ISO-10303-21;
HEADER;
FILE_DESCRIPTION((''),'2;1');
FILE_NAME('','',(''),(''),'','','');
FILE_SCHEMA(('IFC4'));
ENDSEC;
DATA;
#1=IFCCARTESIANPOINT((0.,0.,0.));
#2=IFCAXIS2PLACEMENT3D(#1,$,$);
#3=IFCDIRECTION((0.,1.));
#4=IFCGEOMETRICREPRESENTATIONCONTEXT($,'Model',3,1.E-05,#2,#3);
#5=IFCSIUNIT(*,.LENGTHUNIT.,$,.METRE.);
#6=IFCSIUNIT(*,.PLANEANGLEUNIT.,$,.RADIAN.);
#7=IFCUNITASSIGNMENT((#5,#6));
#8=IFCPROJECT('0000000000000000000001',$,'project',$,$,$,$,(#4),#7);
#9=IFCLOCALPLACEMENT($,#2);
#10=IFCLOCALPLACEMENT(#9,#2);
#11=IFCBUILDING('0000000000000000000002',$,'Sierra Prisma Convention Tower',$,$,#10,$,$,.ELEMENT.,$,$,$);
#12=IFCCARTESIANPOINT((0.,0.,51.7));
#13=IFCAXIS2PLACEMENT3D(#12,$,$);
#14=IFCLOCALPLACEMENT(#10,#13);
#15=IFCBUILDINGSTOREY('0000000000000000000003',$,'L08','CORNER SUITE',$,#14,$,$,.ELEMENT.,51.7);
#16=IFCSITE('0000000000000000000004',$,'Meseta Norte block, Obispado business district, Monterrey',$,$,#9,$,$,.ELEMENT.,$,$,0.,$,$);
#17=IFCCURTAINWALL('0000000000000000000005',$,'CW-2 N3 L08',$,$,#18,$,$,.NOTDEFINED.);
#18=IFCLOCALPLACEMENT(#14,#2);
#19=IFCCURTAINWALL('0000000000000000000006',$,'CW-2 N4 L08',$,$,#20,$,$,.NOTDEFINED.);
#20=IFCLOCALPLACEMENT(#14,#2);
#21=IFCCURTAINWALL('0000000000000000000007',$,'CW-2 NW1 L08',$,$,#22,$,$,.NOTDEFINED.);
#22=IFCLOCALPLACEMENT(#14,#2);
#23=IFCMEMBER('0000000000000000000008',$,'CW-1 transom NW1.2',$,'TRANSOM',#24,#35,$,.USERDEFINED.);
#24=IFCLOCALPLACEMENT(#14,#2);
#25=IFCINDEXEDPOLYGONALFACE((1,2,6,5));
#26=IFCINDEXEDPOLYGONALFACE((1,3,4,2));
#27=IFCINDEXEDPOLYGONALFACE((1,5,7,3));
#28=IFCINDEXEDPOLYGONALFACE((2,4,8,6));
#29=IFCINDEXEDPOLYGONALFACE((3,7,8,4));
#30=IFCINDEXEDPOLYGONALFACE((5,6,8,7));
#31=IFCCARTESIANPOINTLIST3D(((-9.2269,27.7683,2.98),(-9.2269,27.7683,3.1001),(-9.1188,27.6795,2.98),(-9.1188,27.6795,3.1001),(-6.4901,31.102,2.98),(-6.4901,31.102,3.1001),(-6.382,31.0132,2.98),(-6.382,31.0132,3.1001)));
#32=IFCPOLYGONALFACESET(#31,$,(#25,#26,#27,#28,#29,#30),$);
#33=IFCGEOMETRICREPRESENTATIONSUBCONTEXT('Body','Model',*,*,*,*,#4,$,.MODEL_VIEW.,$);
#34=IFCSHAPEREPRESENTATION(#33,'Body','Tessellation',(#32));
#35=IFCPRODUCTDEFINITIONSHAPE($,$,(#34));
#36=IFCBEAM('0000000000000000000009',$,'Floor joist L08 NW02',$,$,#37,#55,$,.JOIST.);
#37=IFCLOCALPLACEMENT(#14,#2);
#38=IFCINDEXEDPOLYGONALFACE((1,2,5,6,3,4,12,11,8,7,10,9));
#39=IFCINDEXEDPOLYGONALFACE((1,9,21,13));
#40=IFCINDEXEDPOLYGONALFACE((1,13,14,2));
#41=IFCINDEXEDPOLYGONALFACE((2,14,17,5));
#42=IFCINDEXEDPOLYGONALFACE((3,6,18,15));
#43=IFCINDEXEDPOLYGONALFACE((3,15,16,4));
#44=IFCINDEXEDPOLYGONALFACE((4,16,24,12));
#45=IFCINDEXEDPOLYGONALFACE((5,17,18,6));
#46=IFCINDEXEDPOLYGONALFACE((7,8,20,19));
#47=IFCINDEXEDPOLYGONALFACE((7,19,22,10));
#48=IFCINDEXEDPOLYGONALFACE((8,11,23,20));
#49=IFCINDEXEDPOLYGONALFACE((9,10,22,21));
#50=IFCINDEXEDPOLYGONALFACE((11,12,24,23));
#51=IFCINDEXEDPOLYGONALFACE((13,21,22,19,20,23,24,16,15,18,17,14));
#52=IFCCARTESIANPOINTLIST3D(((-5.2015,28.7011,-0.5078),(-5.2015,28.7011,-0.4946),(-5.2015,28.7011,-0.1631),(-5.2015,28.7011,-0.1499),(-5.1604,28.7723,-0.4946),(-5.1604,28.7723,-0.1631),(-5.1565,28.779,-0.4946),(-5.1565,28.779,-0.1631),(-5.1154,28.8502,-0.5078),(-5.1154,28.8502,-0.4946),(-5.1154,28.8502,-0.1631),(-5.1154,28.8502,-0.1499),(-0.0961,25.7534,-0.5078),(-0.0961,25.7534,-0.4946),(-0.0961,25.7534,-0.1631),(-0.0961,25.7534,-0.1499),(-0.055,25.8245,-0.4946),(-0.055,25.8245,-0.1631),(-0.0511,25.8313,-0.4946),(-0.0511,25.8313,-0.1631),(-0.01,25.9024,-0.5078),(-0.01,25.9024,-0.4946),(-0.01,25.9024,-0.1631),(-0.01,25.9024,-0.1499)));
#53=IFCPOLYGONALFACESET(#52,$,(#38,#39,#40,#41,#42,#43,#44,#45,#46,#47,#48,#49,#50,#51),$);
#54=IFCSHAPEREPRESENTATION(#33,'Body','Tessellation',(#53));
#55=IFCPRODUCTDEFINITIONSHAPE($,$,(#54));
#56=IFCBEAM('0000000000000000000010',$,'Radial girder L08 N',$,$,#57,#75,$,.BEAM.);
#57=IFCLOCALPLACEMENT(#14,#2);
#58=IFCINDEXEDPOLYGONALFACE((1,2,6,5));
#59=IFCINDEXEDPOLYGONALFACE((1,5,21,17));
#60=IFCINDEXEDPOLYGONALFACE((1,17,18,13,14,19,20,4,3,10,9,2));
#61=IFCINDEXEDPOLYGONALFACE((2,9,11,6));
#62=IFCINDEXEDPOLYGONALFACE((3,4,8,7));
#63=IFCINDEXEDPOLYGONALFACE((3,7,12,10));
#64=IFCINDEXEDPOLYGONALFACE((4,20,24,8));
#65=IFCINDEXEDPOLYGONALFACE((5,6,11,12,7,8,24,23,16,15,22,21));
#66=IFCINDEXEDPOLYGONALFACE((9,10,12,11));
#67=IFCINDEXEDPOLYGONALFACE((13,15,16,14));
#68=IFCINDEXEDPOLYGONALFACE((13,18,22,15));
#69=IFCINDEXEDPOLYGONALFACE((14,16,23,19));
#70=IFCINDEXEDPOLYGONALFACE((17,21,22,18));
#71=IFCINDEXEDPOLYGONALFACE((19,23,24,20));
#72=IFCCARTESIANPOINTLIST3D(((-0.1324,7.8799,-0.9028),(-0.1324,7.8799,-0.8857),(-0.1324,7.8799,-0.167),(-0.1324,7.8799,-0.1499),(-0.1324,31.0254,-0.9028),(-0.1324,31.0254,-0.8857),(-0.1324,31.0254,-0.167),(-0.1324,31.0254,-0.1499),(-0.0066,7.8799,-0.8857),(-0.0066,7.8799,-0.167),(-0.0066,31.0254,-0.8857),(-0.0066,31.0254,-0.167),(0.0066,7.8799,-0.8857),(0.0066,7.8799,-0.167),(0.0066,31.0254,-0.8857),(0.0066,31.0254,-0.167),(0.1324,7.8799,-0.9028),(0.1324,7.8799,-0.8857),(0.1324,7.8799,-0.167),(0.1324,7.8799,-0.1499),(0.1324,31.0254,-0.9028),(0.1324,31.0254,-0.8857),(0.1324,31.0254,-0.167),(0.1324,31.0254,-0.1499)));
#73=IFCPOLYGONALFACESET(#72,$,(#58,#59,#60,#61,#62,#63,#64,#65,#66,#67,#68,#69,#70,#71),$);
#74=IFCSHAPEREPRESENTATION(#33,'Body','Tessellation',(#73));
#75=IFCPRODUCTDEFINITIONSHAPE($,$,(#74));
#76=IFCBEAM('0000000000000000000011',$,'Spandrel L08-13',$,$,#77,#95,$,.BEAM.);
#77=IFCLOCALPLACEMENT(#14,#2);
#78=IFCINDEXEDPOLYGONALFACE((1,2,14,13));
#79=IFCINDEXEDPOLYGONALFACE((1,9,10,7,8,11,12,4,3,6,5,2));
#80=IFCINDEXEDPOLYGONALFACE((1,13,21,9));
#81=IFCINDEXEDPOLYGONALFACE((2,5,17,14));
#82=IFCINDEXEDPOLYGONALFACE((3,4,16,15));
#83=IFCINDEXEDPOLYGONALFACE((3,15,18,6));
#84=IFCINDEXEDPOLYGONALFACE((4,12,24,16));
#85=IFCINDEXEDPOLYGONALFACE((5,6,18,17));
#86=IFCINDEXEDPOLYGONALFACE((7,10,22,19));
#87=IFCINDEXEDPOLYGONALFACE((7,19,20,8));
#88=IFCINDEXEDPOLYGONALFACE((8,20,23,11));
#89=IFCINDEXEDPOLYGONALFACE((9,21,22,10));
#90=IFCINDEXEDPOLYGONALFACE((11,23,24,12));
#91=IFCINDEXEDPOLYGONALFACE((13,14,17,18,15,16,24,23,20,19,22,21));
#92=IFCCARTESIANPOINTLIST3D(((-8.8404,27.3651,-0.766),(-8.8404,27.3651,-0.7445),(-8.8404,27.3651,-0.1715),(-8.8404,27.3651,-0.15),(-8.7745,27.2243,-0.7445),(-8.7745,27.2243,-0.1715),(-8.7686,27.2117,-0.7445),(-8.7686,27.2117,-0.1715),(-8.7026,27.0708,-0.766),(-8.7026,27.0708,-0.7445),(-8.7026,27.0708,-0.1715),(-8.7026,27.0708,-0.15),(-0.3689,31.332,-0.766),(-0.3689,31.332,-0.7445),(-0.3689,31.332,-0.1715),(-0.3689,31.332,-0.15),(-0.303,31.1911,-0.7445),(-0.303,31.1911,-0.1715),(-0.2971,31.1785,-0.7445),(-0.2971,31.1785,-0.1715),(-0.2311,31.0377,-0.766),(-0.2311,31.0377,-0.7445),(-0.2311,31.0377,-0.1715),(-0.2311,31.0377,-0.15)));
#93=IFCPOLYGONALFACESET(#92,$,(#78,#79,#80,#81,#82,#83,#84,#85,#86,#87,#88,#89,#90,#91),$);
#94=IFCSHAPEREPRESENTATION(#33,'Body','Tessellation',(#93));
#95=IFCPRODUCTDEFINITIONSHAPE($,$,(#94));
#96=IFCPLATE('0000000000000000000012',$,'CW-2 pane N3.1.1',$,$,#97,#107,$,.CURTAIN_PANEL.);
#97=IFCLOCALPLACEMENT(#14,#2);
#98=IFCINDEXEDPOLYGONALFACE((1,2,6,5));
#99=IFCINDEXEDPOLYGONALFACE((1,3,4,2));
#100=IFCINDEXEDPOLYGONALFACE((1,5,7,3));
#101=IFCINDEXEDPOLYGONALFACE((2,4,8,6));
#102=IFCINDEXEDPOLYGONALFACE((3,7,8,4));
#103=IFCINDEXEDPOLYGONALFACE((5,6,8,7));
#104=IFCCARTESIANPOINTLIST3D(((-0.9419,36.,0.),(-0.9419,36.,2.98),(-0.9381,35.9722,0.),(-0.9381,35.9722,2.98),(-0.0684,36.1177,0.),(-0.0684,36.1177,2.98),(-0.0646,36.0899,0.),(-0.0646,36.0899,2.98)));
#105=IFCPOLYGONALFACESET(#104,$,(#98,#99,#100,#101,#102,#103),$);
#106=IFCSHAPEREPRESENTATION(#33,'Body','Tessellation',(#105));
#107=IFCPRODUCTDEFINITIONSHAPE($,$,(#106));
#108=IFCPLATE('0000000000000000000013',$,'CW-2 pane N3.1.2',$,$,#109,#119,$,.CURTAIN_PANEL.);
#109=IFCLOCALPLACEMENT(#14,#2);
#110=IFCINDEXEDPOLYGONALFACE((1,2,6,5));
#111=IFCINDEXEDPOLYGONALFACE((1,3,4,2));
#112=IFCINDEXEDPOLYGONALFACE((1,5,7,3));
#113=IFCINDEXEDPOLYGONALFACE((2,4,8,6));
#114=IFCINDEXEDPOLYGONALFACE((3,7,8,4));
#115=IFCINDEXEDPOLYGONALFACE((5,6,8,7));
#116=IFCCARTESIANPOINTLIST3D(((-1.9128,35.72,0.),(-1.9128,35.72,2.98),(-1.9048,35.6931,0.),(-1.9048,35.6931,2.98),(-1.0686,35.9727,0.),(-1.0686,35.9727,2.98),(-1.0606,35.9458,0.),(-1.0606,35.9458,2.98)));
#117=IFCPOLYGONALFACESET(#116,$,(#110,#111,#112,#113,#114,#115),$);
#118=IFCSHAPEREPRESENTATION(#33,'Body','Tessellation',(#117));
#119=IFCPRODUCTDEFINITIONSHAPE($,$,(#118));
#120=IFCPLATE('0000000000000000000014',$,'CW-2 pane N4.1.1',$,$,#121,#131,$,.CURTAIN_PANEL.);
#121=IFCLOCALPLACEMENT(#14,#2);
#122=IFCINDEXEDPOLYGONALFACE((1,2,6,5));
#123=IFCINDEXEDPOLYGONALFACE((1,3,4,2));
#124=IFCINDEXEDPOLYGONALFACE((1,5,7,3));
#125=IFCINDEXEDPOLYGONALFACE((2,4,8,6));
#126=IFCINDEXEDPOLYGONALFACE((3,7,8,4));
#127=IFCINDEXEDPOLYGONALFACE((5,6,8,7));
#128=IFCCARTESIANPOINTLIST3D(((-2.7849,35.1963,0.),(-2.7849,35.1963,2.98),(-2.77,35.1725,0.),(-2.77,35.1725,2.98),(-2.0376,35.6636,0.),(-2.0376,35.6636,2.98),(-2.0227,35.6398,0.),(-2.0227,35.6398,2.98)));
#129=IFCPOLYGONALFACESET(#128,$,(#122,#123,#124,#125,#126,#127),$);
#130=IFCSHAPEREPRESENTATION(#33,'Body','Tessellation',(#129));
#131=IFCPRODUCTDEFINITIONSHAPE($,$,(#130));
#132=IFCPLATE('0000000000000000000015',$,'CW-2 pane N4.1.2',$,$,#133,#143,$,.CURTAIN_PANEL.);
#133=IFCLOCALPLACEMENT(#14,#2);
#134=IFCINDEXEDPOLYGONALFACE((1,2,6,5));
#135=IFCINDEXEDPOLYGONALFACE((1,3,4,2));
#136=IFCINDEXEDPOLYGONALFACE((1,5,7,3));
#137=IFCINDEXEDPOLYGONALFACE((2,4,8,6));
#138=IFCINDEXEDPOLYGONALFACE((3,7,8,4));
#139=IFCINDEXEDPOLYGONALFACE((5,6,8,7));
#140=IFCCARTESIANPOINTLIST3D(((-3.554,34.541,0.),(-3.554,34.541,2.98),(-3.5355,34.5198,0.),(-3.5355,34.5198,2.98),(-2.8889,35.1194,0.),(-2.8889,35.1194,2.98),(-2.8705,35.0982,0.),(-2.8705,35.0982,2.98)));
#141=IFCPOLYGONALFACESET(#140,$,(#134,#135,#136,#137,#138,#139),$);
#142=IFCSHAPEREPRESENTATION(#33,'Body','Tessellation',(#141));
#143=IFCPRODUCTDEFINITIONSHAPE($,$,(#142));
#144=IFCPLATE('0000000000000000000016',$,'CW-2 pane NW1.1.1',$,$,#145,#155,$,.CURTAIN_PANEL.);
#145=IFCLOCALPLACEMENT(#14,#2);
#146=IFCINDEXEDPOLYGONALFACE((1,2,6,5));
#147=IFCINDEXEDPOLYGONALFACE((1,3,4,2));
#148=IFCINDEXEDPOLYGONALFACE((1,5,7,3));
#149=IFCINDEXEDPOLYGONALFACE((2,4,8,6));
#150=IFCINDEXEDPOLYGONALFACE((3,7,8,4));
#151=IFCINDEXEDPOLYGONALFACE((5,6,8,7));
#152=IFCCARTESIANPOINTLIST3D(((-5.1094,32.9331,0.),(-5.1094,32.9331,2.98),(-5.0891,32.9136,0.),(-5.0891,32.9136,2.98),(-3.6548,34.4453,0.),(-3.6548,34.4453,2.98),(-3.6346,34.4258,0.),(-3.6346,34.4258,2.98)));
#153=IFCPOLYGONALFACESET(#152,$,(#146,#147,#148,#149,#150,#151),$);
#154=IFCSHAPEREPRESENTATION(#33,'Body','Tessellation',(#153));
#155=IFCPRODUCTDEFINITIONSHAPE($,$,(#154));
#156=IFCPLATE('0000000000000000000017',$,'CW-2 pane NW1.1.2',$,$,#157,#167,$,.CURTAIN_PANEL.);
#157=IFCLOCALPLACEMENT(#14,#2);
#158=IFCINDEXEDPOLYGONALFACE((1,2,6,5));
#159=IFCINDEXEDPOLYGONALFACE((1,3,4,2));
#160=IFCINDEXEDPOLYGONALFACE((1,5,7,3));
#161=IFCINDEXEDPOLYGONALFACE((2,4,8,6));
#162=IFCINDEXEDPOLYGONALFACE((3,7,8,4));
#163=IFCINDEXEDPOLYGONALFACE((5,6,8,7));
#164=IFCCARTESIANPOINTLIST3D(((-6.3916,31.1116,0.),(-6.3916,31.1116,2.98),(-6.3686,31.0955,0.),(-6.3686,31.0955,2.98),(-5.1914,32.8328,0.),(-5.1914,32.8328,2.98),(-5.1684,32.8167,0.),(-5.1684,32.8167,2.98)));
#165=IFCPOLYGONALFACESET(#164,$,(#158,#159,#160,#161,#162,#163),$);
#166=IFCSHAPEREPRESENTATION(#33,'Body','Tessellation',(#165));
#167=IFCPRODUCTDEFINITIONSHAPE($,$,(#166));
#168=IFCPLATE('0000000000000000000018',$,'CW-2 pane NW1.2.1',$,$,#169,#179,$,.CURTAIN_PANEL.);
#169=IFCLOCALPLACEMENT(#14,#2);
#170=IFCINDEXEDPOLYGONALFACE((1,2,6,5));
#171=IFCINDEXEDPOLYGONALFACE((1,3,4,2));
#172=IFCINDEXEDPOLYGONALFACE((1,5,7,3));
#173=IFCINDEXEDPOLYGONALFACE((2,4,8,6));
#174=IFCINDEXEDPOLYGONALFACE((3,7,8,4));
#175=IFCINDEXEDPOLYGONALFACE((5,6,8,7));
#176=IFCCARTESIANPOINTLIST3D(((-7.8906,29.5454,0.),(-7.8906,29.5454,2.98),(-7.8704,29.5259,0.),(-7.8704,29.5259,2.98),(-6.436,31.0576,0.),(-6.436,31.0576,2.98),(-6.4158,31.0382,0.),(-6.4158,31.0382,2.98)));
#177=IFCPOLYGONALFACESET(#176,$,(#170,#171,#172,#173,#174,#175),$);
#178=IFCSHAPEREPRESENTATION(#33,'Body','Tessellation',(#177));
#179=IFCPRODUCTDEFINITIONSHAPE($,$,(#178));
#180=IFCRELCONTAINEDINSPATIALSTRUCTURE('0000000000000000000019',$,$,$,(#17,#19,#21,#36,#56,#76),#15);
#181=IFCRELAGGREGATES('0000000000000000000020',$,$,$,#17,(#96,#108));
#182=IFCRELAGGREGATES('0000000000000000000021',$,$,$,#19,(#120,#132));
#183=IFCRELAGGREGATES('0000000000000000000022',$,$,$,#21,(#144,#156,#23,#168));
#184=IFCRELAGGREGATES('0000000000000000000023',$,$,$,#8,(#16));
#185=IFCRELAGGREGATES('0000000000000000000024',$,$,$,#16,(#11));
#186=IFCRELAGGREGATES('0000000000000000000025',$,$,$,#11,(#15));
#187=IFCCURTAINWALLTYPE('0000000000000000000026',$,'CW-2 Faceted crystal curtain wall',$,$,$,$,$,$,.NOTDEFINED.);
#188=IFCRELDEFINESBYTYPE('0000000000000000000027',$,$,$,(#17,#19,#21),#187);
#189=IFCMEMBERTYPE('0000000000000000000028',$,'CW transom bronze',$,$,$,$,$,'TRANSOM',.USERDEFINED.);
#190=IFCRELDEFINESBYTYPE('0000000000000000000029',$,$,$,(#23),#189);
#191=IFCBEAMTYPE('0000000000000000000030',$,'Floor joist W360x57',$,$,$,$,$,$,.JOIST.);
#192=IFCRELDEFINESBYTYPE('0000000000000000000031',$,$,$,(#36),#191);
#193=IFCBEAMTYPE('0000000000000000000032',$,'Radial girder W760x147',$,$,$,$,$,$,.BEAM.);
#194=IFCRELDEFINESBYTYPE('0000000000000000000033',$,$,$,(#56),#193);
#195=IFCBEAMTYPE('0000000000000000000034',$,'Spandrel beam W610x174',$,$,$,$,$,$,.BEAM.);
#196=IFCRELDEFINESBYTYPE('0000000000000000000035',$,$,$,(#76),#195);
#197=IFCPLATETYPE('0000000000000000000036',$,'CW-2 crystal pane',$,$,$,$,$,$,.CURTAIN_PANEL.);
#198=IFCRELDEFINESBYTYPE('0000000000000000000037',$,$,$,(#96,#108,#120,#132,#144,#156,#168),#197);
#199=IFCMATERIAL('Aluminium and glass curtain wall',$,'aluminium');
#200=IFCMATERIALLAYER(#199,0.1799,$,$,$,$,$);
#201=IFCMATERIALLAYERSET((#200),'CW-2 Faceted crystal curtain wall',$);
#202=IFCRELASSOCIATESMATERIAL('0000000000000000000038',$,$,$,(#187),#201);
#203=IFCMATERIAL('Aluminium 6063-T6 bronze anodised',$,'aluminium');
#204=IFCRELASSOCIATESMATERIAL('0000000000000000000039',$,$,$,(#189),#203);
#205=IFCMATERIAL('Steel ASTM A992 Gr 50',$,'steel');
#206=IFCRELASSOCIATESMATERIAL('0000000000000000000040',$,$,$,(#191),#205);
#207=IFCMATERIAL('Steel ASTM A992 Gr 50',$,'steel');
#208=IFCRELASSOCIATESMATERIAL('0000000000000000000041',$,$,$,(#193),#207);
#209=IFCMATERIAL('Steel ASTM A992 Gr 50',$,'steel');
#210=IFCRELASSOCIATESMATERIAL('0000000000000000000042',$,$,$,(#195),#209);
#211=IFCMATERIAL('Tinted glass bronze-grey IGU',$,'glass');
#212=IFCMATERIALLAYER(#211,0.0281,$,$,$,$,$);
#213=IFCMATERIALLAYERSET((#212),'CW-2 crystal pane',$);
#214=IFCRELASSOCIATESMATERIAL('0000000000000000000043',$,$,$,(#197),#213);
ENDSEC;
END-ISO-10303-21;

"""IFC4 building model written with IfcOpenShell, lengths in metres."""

from ifc_helpers import new_model, si_unit, direction, frame, origin, origin_2d, place, context, subcontext, project, spatial, polyline, rectangle, i_section, outline, extrude, material, layer, layer_set, material_profile, profile_set, type_object, element, aggregate, save


model = new_model("IFC4")

# Units and contexts
model_context = context("Model", 3, precision=1e-05, world=origin(), true_north=direction((0.0, 1.0)))
body_context = subcontext(model_context, "Body", "Model", "MODEL_VIEW")
ifc_project = project(units=[si_unit("LENGTHUNIT", "METRE"), si_unit("PLANEANGLEUNIT", "RADIAN")], contexts=[model_context])

# Site, building, storey
site_placement = place(None, origin())
site = spatial("IfcSite", under=ifc_project, at=site_placement, Name="Meseta Norte block, Obispado business district, Monterrey", CompositionType="ELEMENT", RefElevation=0.0)
building_placement = place(site_placement, origin())
building = spatial("IfcBuilding", under=site, at=building_placement, Name="Sierra Prisma Convention Tower", CompositionType="ELEMENT")
storey_placement = place(building_placement, frame((0.0, 0.0, 51.7)))
storey = spatial("IfcBuildingStorey", under=building, at=storey_placement, Name="L08", Description="CORNER SUITE", CompositionType="ELEMENT", Elevation=51.7)

# Curtain walls
ifc_material_1 = material(Name="Aluminium and glass curtain wall", Category="aluminium")
ifc_layer_1 = layer(ifc_material_1, 0.1799)
ifc_layer_set_1 = layer_set([ifc_layer_1], Name="CW-2 Faceted crystal curtain wall")
curtain_wall_type = type_object("IfcCurtainWallType", Name="CW-2 Faceted crystal curtain wall", PredefinedType="NOTDEFINED", material=ifc_layer_set_1)
curtain_wall_1_placement = place(storey_placement, origin())
curtain_wall_1 = element("IfcCurtainWall", 1, at=curtain_wall_1_placement, inside=storey, type_object=curtain_wall_type, Name="CW-2 N3 L08", PredefinedType="NOTDEFINED")
curtain_wall_2_placement = place(storey_placement, origin())
curtain_wall_2 = element("IfcCurtainWall", 2, at=curtain_wall_2_placement, inside=storey, type_object=curtain_wall_type, Name="CW-2 N4 L08", PredefinedType="NOTDEFINED")

# Curtain wall
curtain_wall_3_placement = place(storey_placement, origin())
curtain_wall_3 = element("IfcCurtainWall", 3, at=curtain_wall_3_placement, inside=storey, type_object=curtain_wall_type, Name="CW-2 NW1 L08", PredefinedType="NOTDEFINED")

# Member
ifc_material_2 = material(Name="Aluminium 6063-T6 bronze anodised", Category="aluminium")
ifc_material_profile_1 = material_profile(ifc_material_2, rectangle(XDim=0.1399, YDim=0.1201, at=origin_2d()), Name="ALU TRANSOM 120x140")
ifc_profile_set_1 = profile_set([ifc_material_profile_1], Name="Aluminium 6063-T6 bronze anodised")
member_type_1 = type_object("IfcMemberType", Name="CW transom bronze", ElementType="TRANSOM", PredefinedType="USERDEFINED", material=ifc_profile_set_1)
member_1_placement = place(storey_placement, frame((-6.436, 31.0576, 3.04), z_axis=(-0.634516, -0.77291, 0.0), x_axis=(0.77291, -0.634516, 0.0)))
member_1 = element("IfcMember", 4, at=member_1_placement, type_object=member_type_1, Name="CW-1 transom NW1.2", ObjectType="TRANSOM", PredefinedType="USERDEFINED", context=body_context, shape_type="SweptSolid", body=[
    extrude(rectangle(XDim=0.1399, YDim=0.1201, at=origin_2d()), origin(), (0.0, 0.0, 1.0), 4.3132),
])

# Beams
ifc_material_3 = material(Name="Steel ASTM A992 Gr 50", Category="steel")
ifc_material_profile_2 = material_profile(ifc_material_3, i_section(OverallWidth=0.1721, OverallDepth=0.3579, WebThickness=0.0078, FlangeThickness=0.0132, at=origin_2d()), Name="W360x57")
ifc_profile_set_2 = profile_set([ifc_material_profile_2], Name="Steel ASTM A992 Gr 50")
beam_type_1 = type_object("IfcBeamType", Name="Floor joist W360x57", PredefinedType="JOIST", material=ifc_profile_set_2)
beam_1_placement = place(storey_placement, frame((-5.1584, 28.7756, -0.3289), z_axis=(0.866017, -0.500014, 0.0), x_axis=(0.500014, 0.866017, 0.0)))
element("IfcBeam", 5, at=beam_1_placement, inside=storey, type_object=beam_type_1, Name="Floor joist L08 NW02", PredefinedType="JOIST", context=body_context, shape_type="SweptSolid", body=[
    extrude(i_section(OverallWidth=0.1721, OverallDepth=0.3579, WebThickness=0.0078, FlangeThickness=0.0132, at=origin_2d()), origin(), (0.0, 0.0, 1.0), 5.8953),
])
ifc_material_4 = material(Name="Steel ASTM A992 Gr 50", Category="steel")
ifc_material_profile_3 = material_profile(ifc_material_4, i_section(OverallWidth=0.2649, OverallDepth=0.7529, WebThickness=0.0132, FlangeThickness=0.0171, at=origin_2d()), Name="W760x147")
ifc_profile_set_3 = profile_set([ifc_material_profile_3], Name="Steel ASTM A992 Gr 50")
beam_type_2 = type_object("IfcBeamType", Name="Radial girder W760x147", PredefinedType="BEAM", material=ifc_profile_set_3)
beam_2_placement = place(storey_placement, frame((0.0, 31.0254, -0.5264), z_axis=(0.0, -1.0, 0.0), x_axis=(1.0, 0.0, 0.0)))
element("IfcBeam", 6, at=beam_2_placement, inside=storey, type_object=beam_type_2, Name="Radial girder L08 N", PredefinedType="BEAM", context=body_context, shape_type="SweptSolid", body=[
    extrude(i_section(OverallWidth=0.2649, OverallDepth=0.7529, WebThickness=0.0132, FlangeThickness=0.0171, at=origin_2d()), origin(), (0.0, 0.0, 1.0), 23.1455),
])
ifc_material_5 = material(Name="Steel ASTM A992 Gr 50", Category="steel")
ifc_material_profile_4 = material_profile(ifc_material_5, i_section(OverallWidth=0.325, OverallDepth=0.616, WebThickness=0.0139, FlangeThickness=0.0215, at=origin_2d()), Name="W610x174")
ifc_profile_set_4 = profile_set([ifc_material_profile_4], Name="Steel ASTM A992 Gr 50")
beam_type_3 = type_object("IfcBeamType", Name="Spandrel beam W610x174", PredefinedType="BEAM", material=ifc_profile_set_4)
beam_3_placement = place(storey_placement, frame((-0.3, 31.1848, -0.458), z_axis=(-0.905631, -0.424067, 0.0), x_axis=(0.424067, -0.905631, 0.0)))
element("IfcBeam", 7, at=beam_3_placement, inside=storey, type_object=beam_type_3, Name="Spandrel L08-13", PredefinedType="BEAM", context=body_context, shape_type="SweptSolid", body=[
    extrude(i_section(OverallWidth=0.325, OverallDepth=0.616, WebThickness=0.0139, FlangeThickness=0.0215, at=origin_2d()), origin(), (0.0, 0.0, 1.0), 9.3542),
])

# Plates
ifc_material_6 = material(Name="Tinted glass bronze-grey IGU", Category="glass")
ifc_layer_2 = layer(ifc_material_6, 0.0281)
ifc_layer_set_2 = layer_set([ifc_layer_2], Name="CW-2 crystal pane")
plate_type = type_object("IfcPlateType", Name="CW-2 crystal pane", PredefinedType="CURTAIN_PANEL", material=ifc_layer_set_2)
plate_1_placement = place(storey_placement, frame((-0.0684, 36.1177, 0.0), z_axis=(-0.133506, 0.991048, 0.0), x_axis=(-0.991048, -0.133506, 0.0)))
plate_1 = element("IfcPlate", 8, at=plate_1_placement, type_object=plate_type, Name="CW-2 pane N3.1.1", PredefinedType="CURTAIN_PANEL", context=body_context, shape_type="SweptSolid", body=[
    extrude(outline(polyline([(0.0, 0.0), (0.8814, 0.0), (0.8814, 2.98), (0.0, 2.98), (0.0, 0.0)])), origin(), (0.0, 0.0, -1.0), 0.0281),
])
plate_2_placement = place(storey_placement, frame((-1.9128, 35.72, 0.0), z_axis=(-0.286738, 0.958009, 0.0), x_axis=(0.958009, 0.286738, 0.0)))
plate_2 = element("IfcPlate", 9, at=plate_2_placement, type_object=plate_type, Name="CW-2 pane N3.1.2", PredefinedType="CURTAIN_PANEL", context=body_context, shape_type="SweptSolid", body=[
    extrude(outline(polyline([(0.0, 0.0), (0.8812, 0.0), (0.8812, -2.98), (0.0, -2.98), (0.0, 0.0)])), origin(), (0.0, 0.0, -1.0), 0.0281),
])
aggregate(curtain_wall_1, [plate_1, plate_2])
plate_3_placement = place(storey_placement, frame((-2.0376, 35.6636, 0.0), z_axis=(-0.530173, 0.847889, 0.0), x_axis=(-0.847889, -0.530173, 0.0)))
plate_3 = element("IfcPlate", 10, at=plate_3_placement, type_object=plate_type, Name="CW-2 pane N4.1.1", PredefinedType="CURTAIN_PANEL", context=body_context, shape_type="SweptSolid", body=[
    extrude(outline(polyline([(0.0, 0.0), (0.8814, 0.0), (0.8814, 2.98), (0.0, 2.98), (0.0, 0.0)])), origin(), (0.0, 0.0, -1.0), 0.0281),
])
plate_4_placement = place(storey_placement, frame((-3.554, 34.541, 0.0), z_axis=(-0.656227, 0.754564, 0.0), x_axis=(0.754564, 0.656227, 0.0)))
plate_4 = element("IfcPlate", 11, at=plate_4_placement, type_object=plate_type, Name="CW-2 pane N4.1.2", PredefinedType="CURTAIN_PANEL", context=body_context, shape_type="SweptSolid", body=[
    extrude(outline(polyline([(0.0, 0.0), (0.8814, 0.0), (0.8814, -2.98), (0.0, -2.98), (0.0, 0.0)])), origin(), (0.0, 0.0, -1.0), 0.0281),
])
aggregate(curtain_wall_2, [plate_3, plate_4])
plate_5_placement = place(storey_placement, frame((-3.6548, 34.4453, 0.0), z_axis=(-0.720703, 0.693244, 0.0), x_axis=(-0.693244, -0.720703, 0.0)))
plate_5 = element("IfcPlate", 12, at=plate_5_placement, type_object=plate_type, Name="CW-2 pane NW1.1.1", PredefinedType="CURTAIN_PANEL", context=body_context, shape_type="SweptSolid", body=[
    extrude(outline(polyline([(0.0, 0.0), (2.0982, 0.0), (2.0982, 2.98), (0.0, 2.98), (0.0, 0.0)])), origin(), (0.0, 0.0, -1.0), 0.0281),
])
plate_6_placement = place(storey_placement, frame((-6.3916, 31.1116, 0.0), z_axis=(-0.820269, 0.571978, 0.0), x_axis=(0.571978, 0.820269, 0.0)))
plate_6 = element("IfcPlate", 13, at=plate_6_placement, type_object=plate_type, Name="CW-2 pane NW1.1.2", PredefinedType="CURTAIN_PANEL", context=body_context, shape_type="SweptSolid", body=[
    extrude(outline(polyline([(0.0, 0.0), (2.0983, 0.0), (2.0983, -2.98), (0.0, -2.98), (0.0, 0.0)])), origin(), (0.0, 0.0, -1.0), 0.0281),
])
plate_7_placement = place(storey_placement, frame((-6.436, 31.0576, 0.0), z_axis=(-0.720703, 0.693244, 0.0), x_axis=(-0.693244, -0.720703, 0.0)))
plate_7 = element("IfcPlate", 14, at=plate_7_placement, type_object=plate_type, Name="CW-2 pane NW1.2.1", PredefinedType="CURTAIN_PANEL", context=body_context, shape_type="SweptSolid", body=[
    extrude(outline(polyline([(0.0, 0.0), (2.0982, 0.0), (2.0982, 2.98), (0.0, 2.98), (0.0, 0.0)])), origin(), (0.0, 0.0, -1.0), 0.0281),
])
aggregate(curtain_wall_3, [plate_5, plate_6, member_1, plate_7])

save(model, "model.ifc")
